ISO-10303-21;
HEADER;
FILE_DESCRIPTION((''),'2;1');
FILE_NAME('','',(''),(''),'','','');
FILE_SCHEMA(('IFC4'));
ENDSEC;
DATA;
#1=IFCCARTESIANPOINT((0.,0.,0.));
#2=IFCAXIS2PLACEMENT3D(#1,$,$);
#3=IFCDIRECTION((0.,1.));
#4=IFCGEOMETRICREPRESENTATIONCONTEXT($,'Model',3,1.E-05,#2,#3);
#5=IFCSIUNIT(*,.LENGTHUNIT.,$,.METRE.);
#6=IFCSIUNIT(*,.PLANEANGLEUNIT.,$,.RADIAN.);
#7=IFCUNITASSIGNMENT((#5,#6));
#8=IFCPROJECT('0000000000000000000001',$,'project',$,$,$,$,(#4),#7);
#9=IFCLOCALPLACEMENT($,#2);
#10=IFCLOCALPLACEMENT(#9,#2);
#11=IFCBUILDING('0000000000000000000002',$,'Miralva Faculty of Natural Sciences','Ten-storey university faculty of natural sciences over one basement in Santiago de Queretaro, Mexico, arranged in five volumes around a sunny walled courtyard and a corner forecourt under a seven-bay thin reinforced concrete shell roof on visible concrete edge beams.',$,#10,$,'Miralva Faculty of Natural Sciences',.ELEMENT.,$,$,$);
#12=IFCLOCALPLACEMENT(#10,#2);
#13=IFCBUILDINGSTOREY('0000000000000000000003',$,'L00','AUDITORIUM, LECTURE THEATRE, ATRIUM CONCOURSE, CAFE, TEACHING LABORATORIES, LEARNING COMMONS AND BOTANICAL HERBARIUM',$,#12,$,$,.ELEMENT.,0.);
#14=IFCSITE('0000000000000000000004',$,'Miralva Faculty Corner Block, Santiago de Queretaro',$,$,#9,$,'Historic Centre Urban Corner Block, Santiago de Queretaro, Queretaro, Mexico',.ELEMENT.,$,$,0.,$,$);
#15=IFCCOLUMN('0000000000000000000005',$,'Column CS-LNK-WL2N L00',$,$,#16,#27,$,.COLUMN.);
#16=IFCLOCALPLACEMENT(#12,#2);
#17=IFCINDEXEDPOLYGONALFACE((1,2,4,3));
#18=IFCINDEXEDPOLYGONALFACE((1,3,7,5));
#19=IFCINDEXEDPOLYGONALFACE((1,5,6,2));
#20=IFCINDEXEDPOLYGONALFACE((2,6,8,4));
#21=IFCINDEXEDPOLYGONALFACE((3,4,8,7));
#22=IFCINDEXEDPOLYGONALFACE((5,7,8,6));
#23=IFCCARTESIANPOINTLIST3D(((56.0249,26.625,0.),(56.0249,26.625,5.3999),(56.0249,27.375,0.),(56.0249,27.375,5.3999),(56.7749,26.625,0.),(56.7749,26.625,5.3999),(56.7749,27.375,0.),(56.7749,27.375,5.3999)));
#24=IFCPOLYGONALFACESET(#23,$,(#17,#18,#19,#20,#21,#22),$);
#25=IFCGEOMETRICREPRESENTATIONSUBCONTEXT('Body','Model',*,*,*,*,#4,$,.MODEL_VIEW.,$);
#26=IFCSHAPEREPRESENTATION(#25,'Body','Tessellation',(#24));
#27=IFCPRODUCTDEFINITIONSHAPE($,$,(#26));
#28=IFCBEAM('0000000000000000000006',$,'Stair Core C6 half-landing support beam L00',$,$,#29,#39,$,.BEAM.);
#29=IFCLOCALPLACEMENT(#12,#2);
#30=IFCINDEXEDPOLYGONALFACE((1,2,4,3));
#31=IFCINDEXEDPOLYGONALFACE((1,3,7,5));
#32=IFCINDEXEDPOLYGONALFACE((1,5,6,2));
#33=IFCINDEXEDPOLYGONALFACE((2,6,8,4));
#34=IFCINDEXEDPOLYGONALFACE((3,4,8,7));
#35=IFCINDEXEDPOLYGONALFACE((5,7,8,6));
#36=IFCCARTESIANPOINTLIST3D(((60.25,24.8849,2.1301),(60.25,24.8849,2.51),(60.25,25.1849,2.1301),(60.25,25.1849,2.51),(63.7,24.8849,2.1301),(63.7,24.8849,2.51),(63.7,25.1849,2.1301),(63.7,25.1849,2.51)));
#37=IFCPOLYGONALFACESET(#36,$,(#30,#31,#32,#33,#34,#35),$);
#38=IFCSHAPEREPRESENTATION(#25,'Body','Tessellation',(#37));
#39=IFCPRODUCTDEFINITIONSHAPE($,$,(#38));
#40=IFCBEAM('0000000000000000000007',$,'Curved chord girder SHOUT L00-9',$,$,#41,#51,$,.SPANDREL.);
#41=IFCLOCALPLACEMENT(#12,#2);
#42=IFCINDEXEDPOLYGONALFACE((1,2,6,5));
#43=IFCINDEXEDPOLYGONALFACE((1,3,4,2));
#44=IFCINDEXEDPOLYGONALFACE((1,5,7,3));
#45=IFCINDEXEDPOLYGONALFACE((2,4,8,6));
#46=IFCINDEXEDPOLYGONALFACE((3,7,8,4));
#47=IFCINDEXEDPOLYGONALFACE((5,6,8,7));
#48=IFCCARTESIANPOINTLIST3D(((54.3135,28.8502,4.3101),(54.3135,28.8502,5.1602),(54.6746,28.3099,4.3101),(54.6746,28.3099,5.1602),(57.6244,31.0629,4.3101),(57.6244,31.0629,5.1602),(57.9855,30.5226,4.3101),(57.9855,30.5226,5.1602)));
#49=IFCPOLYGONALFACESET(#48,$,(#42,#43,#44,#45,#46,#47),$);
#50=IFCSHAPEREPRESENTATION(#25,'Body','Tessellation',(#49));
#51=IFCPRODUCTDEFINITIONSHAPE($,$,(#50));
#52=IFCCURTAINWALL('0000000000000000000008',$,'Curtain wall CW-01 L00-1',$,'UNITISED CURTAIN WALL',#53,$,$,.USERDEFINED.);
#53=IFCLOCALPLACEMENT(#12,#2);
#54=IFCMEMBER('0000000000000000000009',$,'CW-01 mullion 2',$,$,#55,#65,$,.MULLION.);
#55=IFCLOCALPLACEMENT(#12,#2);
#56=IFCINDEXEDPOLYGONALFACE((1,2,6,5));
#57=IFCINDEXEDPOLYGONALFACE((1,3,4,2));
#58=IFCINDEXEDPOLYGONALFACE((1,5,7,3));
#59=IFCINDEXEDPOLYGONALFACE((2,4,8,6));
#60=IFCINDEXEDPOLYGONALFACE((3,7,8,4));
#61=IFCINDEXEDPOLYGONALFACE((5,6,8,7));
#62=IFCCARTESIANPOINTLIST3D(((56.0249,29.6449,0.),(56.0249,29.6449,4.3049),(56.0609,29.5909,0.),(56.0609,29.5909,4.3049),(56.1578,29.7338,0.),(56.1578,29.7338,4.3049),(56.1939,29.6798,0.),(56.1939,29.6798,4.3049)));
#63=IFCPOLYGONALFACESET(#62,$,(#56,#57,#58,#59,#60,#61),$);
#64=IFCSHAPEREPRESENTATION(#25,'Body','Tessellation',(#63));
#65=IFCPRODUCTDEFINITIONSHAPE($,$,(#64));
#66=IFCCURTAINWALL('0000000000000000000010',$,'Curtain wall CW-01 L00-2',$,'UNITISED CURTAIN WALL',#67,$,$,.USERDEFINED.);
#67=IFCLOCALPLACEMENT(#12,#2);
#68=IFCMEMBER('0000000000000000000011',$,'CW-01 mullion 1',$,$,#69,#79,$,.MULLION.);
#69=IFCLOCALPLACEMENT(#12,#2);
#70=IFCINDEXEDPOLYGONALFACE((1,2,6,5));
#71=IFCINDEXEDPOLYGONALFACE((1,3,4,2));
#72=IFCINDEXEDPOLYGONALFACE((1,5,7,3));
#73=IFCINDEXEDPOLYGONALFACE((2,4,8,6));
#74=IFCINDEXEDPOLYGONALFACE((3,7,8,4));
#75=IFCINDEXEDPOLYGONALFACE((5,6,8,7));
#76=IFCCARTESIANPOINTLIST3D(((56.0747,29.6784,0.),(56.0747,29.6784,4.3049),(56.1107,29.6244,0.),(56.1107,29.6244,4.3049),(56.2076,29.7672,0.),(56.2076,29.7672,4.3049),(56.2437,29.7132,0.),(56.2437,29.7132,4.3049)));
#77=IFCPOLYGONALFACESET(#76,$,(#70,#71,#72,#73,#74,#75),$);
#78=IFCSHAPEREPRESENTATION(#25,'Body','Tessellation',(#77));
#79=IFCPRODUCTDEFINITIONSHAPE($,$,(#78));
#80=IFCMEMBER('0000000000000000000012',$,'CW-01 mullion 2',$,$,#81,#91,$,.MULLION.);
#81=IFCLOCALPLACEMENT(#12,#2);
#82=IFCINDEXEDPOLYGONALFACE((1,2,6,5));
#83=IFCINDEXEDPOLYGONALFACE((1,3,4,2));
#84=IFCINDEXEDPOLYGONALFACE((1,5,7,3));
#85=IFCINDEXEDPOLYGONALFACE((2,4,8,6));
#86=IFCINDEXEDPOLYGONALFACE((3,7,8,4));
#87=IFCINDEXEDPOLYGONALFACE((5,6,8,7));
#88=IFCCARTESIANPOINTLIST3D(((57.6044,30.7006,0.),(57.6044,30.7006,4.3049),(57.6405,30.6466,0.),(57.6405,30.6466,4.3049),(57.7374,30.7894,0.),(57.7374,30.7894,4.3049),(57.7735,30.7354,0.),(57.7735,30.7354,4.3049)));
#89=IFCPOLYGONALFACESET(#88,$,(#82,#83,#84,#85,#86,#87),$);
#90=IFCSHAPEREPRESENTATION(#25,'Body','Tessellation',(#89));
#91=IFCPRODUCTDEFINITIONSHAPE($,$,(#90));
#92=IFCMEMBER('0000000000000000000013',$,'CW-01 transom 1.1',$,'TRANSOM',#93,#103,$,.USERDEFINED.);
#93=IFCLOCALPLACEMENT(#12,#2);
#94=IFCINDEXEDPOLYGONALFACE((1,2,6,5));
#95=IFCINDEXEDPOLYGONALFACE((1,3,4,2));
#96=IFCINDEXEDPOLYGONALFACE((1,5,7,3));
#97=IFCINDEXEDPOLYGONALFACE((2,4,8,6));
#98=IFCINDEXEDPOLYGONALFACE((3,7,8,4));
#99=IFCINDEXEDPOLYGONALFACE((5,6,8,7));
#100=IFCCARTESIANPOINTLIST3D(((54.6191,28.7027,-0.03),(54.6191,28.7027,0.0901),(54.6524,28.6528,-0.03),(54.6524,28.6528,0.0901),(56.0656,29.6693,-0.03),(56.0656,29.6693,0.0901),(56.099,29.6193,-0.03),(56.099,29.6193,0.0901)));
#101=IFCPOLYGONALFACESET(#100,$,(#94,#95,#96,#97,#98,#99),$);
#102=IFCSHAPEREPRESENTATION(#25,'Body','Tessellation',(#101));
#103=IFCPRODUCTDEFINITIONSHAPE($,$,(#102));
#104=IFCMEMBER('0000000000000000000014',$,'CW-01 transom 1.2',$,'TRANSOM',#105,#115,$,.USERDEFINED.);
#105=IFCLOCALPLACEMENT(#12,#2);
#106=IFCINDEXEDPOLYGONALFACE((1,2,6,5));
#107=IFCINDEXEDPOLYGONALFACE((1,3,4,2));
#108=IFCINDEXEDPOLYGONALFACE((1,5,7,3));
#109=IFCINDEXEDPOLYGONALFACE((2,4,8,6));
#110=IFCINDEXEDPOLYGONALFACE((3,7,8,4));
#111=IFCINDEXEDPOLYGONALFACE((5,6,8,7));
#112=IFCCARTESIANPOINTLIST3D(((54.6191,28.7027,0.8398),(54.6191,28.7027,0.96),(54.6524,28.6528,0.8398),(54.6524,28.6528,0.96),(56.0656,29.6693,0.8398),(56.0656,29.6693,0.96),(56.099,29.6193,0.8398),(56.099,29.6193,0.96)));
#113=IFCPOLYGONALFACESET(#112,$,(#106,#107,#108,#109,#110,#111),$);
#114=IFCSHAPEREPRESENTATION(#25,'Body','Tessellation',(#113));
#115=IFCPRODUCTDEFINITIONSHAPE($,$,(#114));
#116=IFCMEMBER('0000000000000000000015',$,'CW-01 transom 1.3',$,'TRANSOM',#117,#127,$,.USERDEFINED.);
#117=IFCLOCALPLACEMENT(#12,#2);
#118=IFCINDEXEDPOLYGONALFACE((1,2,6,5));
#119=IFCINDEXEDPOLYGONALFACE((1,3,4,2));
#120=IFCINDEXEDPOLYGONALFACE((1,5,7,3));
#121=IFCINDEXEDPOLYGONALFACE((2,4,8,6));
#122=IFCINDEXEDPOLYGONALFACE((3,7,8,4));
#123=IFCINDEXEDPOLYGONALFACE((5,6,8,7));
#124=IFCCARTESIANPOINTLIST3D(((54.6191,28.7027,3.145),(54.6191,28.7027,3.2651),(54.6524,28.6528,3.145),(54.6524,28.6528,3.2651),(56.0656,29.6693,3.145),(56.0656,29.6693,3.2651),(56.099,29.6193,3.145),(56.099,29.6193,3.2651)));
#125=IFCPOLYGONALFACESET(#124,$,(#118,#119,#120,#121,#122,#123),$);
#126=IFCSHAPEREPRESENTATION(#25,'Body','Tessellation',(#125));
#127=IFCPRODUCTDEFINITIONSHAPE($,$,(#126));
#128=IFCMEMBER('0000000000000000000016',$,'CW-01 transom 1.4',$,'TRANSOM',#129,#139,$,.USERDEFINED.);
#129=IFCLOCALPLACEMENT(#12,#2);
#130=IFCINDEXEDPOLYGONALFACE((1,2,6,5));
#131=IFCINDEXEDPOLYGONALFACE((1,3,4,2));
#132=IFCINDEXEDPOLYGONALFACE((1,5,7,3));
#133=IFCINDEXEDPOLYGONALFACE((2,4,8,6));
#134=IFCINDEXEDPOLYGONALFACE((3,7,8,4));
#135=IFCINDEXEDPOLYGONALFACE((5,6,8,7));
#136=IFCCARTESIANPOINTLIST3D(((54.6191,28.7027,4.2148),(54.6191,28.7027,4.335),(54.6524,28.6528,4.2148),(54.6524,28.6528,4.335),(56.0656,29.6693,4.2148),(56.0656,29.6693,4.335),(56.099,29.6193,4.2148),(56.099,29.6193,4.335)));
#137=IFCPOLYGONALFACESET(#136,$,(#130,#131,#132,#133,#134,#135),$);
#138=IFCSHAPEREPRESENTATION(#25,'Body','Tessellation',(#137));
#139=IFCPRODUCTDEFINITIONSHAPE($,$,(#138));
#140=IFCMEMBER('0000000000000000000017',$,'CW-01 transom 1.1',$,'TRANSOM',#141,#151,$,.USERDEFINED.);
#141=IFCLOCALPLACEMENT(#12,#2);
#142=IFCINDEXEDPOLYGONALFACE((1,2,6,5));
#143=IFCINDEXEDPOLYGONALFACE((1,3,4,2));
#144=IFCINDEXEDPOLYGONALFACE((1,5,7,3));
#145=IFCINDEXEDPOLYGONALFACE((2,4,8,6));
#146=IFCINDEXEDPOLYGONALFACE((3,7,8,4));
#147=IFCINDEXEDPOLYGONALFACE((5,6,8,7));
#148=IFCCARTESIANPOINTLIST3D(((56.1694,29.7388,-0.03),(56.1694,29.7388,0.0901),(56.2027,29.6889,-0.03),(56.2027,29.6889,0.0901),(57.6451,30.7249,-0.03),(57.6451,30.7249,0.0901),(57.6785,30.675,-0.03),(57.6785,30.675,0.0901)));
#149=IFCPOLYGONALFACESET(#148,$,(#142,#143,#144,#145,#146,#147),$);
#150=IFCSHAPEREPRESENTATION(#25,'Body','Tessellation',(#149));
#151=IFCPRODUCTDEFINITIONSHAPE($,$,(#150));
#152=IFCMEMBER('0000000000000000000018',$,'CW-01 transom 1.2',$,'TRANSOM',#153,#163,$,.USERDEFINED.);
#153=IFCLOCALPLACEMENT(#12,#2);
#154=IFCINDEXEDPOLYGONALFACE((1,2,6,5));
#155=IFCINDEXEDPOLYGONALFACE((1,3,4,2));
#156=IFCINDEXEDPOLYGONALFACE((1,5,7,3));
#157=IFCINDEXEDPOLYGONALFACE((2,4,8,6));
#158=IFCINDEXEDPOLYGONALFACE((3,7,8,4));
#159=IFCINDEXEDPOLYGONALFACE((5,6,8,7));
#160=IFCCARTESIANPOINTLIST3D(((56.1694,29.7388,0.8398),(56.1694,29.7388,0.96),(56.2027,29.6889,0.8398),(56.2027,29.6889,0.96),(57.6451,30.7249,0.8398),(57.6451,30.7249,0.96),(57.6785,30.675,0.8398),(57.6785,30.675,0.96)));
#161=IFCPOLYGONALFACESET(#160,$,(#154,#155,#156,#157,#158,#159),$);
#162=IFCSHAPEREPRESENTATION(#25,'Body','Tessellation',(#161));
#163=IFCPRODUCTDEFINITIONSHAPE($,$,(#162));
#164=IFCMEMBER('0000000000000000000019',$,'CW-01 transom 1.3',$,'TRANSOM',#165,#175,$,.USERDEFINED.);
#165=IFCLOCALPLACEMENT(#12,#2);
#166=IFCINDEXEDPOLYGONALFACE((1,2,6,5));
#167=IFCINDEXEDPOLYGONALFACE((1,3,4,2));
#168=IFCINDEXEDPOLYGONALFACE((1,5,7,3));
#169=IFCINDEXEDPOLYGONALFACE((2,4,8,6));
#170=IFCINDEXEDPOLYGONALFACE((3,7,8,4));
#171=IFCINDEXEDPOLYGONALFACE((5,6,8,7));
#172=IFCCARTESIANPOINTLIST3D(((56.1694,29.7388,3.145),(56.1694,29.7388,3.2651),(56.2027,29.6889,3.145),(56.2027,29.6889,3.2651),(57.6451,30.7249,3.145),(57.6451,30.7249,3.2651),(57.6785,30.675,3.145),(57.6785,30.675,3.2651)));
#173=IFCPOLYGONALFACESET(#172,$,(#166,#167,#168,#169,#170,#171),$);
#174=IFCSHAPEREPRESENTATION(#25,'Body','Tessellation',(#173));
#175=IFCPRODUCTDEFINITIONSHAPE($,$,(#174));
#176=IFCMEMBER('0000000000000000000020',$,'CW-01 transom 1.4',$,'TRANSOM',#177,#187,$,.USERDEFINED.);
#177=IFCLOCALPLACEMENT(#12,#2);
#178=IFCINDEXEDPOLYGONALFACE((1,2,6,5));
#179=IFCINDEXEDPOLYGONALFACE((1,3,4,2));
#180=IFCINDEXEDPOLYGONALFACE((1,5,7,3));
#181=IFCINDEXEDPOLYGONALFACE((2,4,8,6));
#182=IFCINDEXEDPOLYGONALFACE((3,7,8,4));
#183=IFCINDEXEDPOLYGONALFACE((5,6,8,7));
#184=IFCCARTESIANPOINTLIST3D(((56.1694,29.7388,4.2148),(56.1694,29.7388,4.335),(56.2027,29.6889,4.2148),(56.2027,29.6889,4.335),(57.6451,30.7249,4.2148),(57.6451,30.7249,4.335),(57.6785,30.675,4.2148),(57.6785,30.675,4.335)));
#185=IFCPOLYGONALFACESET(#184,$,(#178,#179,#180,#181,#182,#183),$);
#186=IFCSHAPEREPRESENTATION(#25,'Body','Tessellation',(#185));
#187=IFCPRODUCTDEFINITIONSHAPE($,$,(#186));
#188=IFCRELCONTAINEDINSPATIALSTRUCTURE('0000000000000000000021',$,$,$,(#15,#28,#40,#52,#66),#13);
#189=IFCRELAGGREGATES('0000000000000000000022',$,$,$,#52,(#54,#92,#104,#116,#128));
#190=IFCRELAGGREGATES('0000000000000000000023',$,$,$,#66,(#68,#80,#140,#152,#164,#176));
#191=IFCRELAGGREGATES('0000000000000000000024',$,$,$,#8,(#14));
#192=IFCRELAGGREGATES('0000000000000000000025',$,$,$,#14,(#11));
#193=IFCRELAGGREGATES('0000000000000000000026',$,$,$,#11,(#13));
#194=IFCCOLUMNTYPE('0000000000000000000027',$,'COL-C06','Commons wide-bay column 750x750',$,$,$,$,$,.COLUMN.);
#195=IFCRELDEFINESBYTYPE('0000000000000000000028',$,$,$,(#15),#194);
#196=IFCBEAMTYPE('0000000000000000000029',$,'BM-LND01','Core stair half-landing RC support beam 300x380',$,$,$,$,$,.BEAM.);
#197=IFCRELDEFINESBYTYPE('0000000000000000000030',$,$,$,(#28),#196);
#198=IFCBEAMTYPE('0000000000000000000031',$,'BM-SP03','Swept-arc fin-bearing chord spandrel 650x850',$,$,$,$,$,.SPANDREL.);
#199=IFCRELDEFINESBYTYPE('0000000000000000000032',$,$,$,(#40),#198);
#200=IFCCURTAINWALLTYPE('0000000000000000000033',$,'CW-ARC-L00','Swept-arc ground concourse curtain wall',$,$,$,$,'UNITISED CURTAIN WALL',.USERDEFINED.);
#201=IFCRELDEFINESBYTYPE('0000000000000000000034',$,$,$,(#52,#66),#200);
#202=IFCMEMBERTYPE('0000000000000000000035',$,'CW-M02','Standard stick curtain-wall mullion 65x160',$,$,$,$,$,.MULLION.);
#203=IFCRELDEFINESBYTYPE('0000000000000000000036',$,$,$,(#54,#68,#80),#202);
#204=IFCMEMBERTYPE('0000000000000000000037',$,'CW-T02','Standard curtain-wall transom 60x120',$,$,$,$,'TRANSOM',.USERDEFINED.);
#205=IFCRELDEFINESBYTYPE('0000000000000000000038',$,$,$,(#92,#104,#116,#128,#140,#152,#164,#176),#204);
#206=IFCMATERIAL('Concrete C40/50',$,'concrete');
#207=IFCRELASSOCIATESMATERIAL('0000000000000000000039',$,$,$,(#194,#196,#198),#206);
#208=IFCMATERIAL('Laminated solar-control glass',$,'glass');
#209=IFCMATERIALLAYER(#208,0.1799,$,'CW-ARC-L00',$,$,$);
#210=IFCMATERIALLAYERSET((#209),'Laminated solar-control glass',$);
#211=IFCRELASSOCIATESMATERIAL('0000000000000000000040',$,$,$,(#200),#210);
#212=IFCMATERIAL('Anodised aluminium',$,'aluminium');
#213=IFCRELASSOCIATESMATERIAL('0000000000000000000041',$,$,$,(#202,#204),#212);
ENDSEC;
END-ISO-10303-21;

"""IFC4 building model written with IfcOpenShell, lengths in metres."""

from ifc_helpers import new_model, si_unit, direction, frame, origin, origin_2d, place, context, subcontext, project, spatial, rectangle, extrude, material, layer, layer_set, material_profile, profile_set, type_object, element, aggregate, save


model = new_model("IFC4")

# Units and contexts
model_context = context("Model", 3, precision=1e-05, world=origin(), true_north=direction((0.0, 1.0)))
body_context = subcontext(model_context, "Body", "Model", "MODEL_VIEW")
ifc_project = project(units=[si_unit("LENGTHUNIT", "METRE"), si_unit("PLANEANGLEUNIT", "RADIAN")], contexts=[model_context])

# Site, building, storey
site_placement = place(None, origin())
site = spatial("IfcSite", under=ifc_project, at=site_placement, Name="Miralva Faculty Corner Block, Santiago de Queretaro", LongName="Historic Centre Urban Corner Block, Santiago de Queretaro, Queretaro, Mexico", CompositionType="ELEMENT", RefElevation=0.0)
building_placement = place(site_placement, origin())
building = spatial("IfcBuilding", under=site, at=building_placement, Name="Miralva Faculty of Natural Sciences", Description="Ten-storey university faculty of natural sciences over one basement in Santiago de Queretaro, Mexico, arranged in five volumes around a sunny walled courtyard and a corner forecourt under a seven-bay thin reinforced concrete shell roof on visible concrete edge beams.", LongName="Miralva Faculty of Natural Sciences", CompositionType="ELEMENT")
storey_placement = place(building_placement, origin())
storey = spatial("IfcBuildingStorey", under=building, at=storey_placement, Name="L00", Description="AUDITORIUM, LECTURE THEATRE, ATRIUM CONCOURSE, CAFE, TEACHING LABORATORIES, LEARNING COMMONS AND BOTANICAL HERBARIUM", CompositionType="ELEMENT", Elevation=0.0)

# Column
ifc_material_1 = material(Name="Concrete C40/50", Category="concrete")
ifc_material_profile_1 = material_profile(ifc_material_1, rectangle(XDim=0.75, YDim=0.75, at=origin_2d()), Name="RC 750x750")
ifc_profile_set_1 = profile_set([ifc_material_profile_1], Name="Concrete C40/50")
column_type = type_object("IfcColumnType", Name="COL-C06", Description="Commons wide-bay column 750x750", PredefinedType="COLUMN", material=ifc_profile_set_1)
column_placement = place(storey_placement, frame((56.3999, 27.0, 0.0), z_axis=(0.0, 0.0, 1.0), x_axis=(1.0, 0.0, 0.0)))
element("IfcColumn", 1, at=column_placement, inside=storey, type_object=column_type, Name="Column CS-LNK-WL2N L00", PredefinedType="COLUMN", context=body_context, shape_type="SweptSolid", body=[
    extrude(rectangle(XDim=0.75, YDim=0.75, at=origin_2d()), origin(), (0.0, 0.0, 1.0), 5.3999),
])

# Beams
ifc_material_profile_2 = material_profile(ifc_material_1, rectangle(XDim=0.3, YDim=0.3799, at=origin_2d()), Name="RC 300x380")
ifc_profile_set_2 = profile_set([ifc_material_profile_2], Name="Concrete C40/50")
beam_type_1 = type_object("IfcBeamType", Name="BM-LND01", Description="Core stair half-landing RC support beam 300x380", PredefinedType="BEAM", material=ifc_profile_set_2)
beam_1_placement = place(storey_placement, frame((60.25, 25.0349, 2.3201), z_axis=(1.0, 0.0, 0.0), x_axis=(0.0, 1.0, 0.0)))
element("IfcBeam", 2, at=beam_1_placement, inside=storey, type_object=beam_type_1, Name="Stair Core C6 half-landing support beam L00", PredefinedType="BEAM", context=body_context, shape_type="SweptSolid", body=[
    extrude(rectangle(XDim=0.3, YDim=0.3799, at=origin_2d()), origin(), (0.0, 0.0, 1.0), 3.45),
])
ifc_material_profile_3 = material_profile(ifc_material_1, rectangle(XDim=0.6499, YDim=0.8501, at=origin_2d()), Name="RC 650x850")
ifc_profile_set_3 = profile_set([ifc_material_profile_3], Name="Concrete C40/50")
beam_type_2 = type_object("IfcBeamType", Name="BM-SP03", Description="Swept-arc fin-bearing chord spandrel 650x850", PredefinedType="SPANDREL", material=ifc_profile_set_3)
beam_2_placement = place(storey_placement, frame((57.8049, 30.7927, 4.7351), z_axis=(-0.831418, -0.555648, 0.0), x_axis=(0.555648, -0.831418, 0.0)))
element("IfcBeam", 3, at=beam_2_placement, inside=storey, type_object=beam_type_2, Name="Curved chord girder SHOUT L00-9", PredefinedType="SPANDREL", context=body_context, shape_type="SweptSolid", body=[
    extrude(rectangle(XDim=0.6499, YDim=0.8501, at=origin_2d()), origin(), (0.0, 0.0, 1.0), 3.9822),
])

# Curtain wall, member
ifc_material_2 = material(Name="Laminated solar-control glass", Category="glass")
ifc_layer_1 = layer(ifc_material_2, 0.1799, Name="CW-ARC-L00")
ifc_layer_set_1 = layer_set([ifc_layer_1], Name="Laminated solar-control glass")
curtain_wall_type = type_object("IfcCurtainWallType", Name="CW-ARC-L00", Description="Swept-arc ground concourse curtain wall", ElementType="UNITISED CURTAIN WALL", PredefinedType="USERDEFINED", material=ifc_layer_set_1)
curtain_wall_1_placement = place(storey_placement, origin())
curtain_wall_1 = element("IfcCurtainWall", 4, at=curtain_wall_1_placement, inside=storey, type_object=curtain_wall_type, Name="Curtain wall CW-01 L00-1", ObjectType="UNITISED CURTAIN WALL", PredefinedType="USERDEFINED")
ifc_material_3 = material(Name="Anodised aluminium", Category="aluminium")
ifc_material_profile_4 = material_profile(ifc_material_3, rectangle(XDim=0.0649, YDim=0.1599, at=origin_2d()), Name="MULLION 65x160")
ifc_profile_set_4 = profile_set([ifc_material_profile_4], Name="Anodised aluminium")
member_type_1 = type_object("IfcMemberType", Name="CW-M02", Description="Standard stick curtain-wall mullion 65x160", PredefinedType="MULLION", material=ifc_profile_set_4)
member_1_placement = place(storey_placement, frame((56.1094, 29.6624, 0.0), z_axis=(0.0, 0.0, 1.0), x_axis=(-0.555564, 0.831474, 0.0)))
member_1 = element("IfcMember", 5, at=member_1_placement, type_object=member_type_1, Name="CW-01 mullion 2", PredefinedType="MULLION", context=body_context, shape_type="SweptSolid", body=[
    extrude(rectangle(XDim=0.0649, YDim=0.1599, at=origin_2d()), origin(), (0.0, 0.0, 1.0), 4.3049),
])

# Curtain wall, members
curtain_wall_2_placement = place(storey_placement, origin())
curtain_wall_2 = element("IfcCurtainWall", 6, at=curtain_wall_2_placement, inside=storey, type_object=curtain_wall_type, Name="Curtain wall CW-01 L00-2", ObjectType="UNITISED CURTAIN WALL", PredefinedType="USERDEFINED")
member_2_placement = place(storey_placement, frame((56.1592, 29.6958, 0.0), z_axis=(0.0, 0.0, 1.0), x_axis=(-0.55556, 0.831476, 0.0)))
member_2 = element("IfcMember", 7, at=member_2_placement, type_object=member_type_1, Name="CW-01 mullion 1", PredefinedType="MULLION", context=body_context, shape_type="SweptSolid", body=[
    extrude(rectangle(XDim=0.0649, YDim=0.1599, at=origin_2d()), origin(), (0.0, 0.0, 1.0), 4.3049),
])
member_3_placement = place(storey_placement, frame((57.689, 30.718, 0.0), z_axis=(0.0, 0.0, 1.0), x_axis=(-0.55556, 0.831476, 0.0)))
member_3 = element("IfcMember", 8, at=member_3_placement, type_object=member_type_1, Name="CW-01 mullion 2", PredefinedType="MULLION", context=body_context, shape_type="SweptSolid", body=[
    extrude(rectangle(XDim=0.0649, YDim=0.1599, at=origin_2d()), origin(), (0.0, 0.0, 1.0), 4.3049),
])

# Members
ifc_material_profile_5 = material_profile(ifc_material_3, rectangle(XDim=0.0601, YDim=0.1201, at=origin_2d()), Name="TRANSOM 60x120")
ifc_profile_set_5 = profile_set([ifc_material_profile_5], Name="Anodised aluminium")
member_type_2 = type_object("IfcMemberType", Name="CW-T02", Description="Standard curtain-wall transom 60x120", ElementType="TRANSOM", PredefinedType="USERDEFINED", material=ifc_profile_set_5)
member_4_placement = place(storey_placement, frame((54.6357, 28.6777, 0.03), z_axis=(0.831467, 0.555574, 0.0), x_axis=(-0.555574, 0.831467, 0.0)))
member_4 = element("IfcMember", 9, at=member_4_placement, type_object=member_type_2, Name="CW-01 transom 1.1", ObjectType="TRANSOM", PredefinedType="USERDEFINED", context=body_context, shape_type="SweptSolid", body=[
    extrude(rectangle(XDim=0.0601, YDim=0.1201, at=origin_2d()), origin(), (0.0, 0.0, 1.0), 1.7397),
])
member_5_placement = place(storey_placement, frame((54.6357, 28.6777, 0.8999), z_axis=(0.831467, 0.555574, 0.0), x_axis=(-0.555574, 0.831467, 0.0)))
member_5 = element("IfcMember", 10, at=member_5_placement, type_object=member_type_2, Name="CW-01 transom 1.2", ObjectType="TRANSOM", PredefinedType="USERDEFINED", context=body_context, shape_type="SweptSolid", body=[
    extrude(rectangle(XDim=0.0601, YDim=0.1201, at=origin_2d()), origin(), (0.0, 0.0, 1.0), 1.7397),
])
member_6_placement = place(storey_placement, frame((54.6357, 28.6777, 3.2051), z_axis=(0.831467, 0.555574, 0.0), x_axis=(-0.555574, 0.831467, 0.0)))
member_6 = element("IfcMember", 11, at=member_6_placement, type_object=member_type_2, Name="CW-01 transom 1.3", ObjectType="TRANSOM", PredefinedType="USERDEFINED", context=body_context, shape_type="SweptSolid", body=[
    extrude(rectangle(XDim=0.0601, YDim=0.1201, at=origin_2d()), origin(), (0.0, 0.0, 1.0), 1.7397),
])
member_7_placement = place(storey_placement, frame((54.6357, 28.6777, 4.2749), z_axis=(0.831467, 0.555574, 0.0), x_axis=(-0.555574, 0.831467, 0.0)))
member_7 = element("IfcMember", 12, at=member_7_placement, type_object=member_type_2, Name="CW-01 transom 1.4", ObjectType="TRANSOM", PredefinedType="USERDEFINED", context=body_context, shape_type="SweptSolid", body=[
    extrude(rectangle(XDim=0.0601, YDim=0.1201, at=origin_2d()), origin(), (0.0, 0.0, 1.0), 1.7397),
])
member_8_placement = place(storey_placement, frame((56.186, 29.7139, 0.03), z_axis=(0.831478, 0.555557, 0.0), x_axis=(-0.555557, 0.831478, 0.0)))
member_8 = element("IfcMember", 13, at=member_8_placement, type_object=member_type_2, Name="CW-01 transom 1.1", ObjectType="TRANSOM", PredefinedType="USERDEFINED", context=body_context, shape_type="SweptSolid", body=[
    extrude(rectangle(XDim=0.0601, YDim=0.1201, at=origin_2d()), origin(), (0.0, 0.0, 1.0), 1.7749),
])
member_9_placement = place(storey_placement, frame((56.186, 29.7139, 0.8999), z_axis=(0.831478, 0.555557, 0.0), x_axis=(-0.555557, 0.831478, 0.0)))
member_9 = element("IfcMember", 14, at=member_9_placement, type_object=member_type_2, Name="CW-01 transom 1.2", ObjectType="TRANSOM", PredefinedType="USERDEFINED", context=body_context, shape_type="SweptSolid", body=[
    extrude(rectangle(XDim=0.0601, YDim=0.1201, at=origin_2d()), origin(), (0.0, 0.0, 1.0), 1.7749),
])
member_10_placement = place(storey_placement, frame((56.186, 29.7139, 3.2051), z_axis=(0.831478, 0.555557, 0.0), x_axis=(-0.555557, 0.831478, 0.0)))
member_10 = element("IfcMember", 15, at=member_10_placement, type_object=member_type_2, Name="CW-01 transom 1.3", ObjectType="TRANSOM", PredefinedType="USERDEFINED", context=body_context, shape_type="SweptSolid", body=[
    extrude(rectangle(XDim=0.0601, YDim=0.1201, at=origin_2d()), origin(), (0.0, 0.0, 1.0), 1.7749),
])
member_11_placement = place(storey_placement, frame((56.186, 29.7139, 4.2749), z_axis=(0.831478, 0.555557, 0.0), x_axis=(-0.555557, 0.831478, 0.0)))
member_11 = element("IfcMember", 16, at=member_11_placement, type_object=member_type_2, Name="CW-01 transom 1.4", ObjectType="TRANSOM", PredefinedType="USERDEFINED", context=body_context, shape_type="SweptSolid", body=[
    extrude(rectangle(XDim=0.0601, YDim=0.1201, at=origin_2d()), origin(), (0.0, 0.0, 1.0), 1.7749),
])

aggregate(curtain_wall_1, [member_1, member_4, member_5, member_6, member_7])
aggregate(curtain_wall_2, [member_2, member_3, member_8, member_9, member_10, member_11])

save(model, "model.ifc")
